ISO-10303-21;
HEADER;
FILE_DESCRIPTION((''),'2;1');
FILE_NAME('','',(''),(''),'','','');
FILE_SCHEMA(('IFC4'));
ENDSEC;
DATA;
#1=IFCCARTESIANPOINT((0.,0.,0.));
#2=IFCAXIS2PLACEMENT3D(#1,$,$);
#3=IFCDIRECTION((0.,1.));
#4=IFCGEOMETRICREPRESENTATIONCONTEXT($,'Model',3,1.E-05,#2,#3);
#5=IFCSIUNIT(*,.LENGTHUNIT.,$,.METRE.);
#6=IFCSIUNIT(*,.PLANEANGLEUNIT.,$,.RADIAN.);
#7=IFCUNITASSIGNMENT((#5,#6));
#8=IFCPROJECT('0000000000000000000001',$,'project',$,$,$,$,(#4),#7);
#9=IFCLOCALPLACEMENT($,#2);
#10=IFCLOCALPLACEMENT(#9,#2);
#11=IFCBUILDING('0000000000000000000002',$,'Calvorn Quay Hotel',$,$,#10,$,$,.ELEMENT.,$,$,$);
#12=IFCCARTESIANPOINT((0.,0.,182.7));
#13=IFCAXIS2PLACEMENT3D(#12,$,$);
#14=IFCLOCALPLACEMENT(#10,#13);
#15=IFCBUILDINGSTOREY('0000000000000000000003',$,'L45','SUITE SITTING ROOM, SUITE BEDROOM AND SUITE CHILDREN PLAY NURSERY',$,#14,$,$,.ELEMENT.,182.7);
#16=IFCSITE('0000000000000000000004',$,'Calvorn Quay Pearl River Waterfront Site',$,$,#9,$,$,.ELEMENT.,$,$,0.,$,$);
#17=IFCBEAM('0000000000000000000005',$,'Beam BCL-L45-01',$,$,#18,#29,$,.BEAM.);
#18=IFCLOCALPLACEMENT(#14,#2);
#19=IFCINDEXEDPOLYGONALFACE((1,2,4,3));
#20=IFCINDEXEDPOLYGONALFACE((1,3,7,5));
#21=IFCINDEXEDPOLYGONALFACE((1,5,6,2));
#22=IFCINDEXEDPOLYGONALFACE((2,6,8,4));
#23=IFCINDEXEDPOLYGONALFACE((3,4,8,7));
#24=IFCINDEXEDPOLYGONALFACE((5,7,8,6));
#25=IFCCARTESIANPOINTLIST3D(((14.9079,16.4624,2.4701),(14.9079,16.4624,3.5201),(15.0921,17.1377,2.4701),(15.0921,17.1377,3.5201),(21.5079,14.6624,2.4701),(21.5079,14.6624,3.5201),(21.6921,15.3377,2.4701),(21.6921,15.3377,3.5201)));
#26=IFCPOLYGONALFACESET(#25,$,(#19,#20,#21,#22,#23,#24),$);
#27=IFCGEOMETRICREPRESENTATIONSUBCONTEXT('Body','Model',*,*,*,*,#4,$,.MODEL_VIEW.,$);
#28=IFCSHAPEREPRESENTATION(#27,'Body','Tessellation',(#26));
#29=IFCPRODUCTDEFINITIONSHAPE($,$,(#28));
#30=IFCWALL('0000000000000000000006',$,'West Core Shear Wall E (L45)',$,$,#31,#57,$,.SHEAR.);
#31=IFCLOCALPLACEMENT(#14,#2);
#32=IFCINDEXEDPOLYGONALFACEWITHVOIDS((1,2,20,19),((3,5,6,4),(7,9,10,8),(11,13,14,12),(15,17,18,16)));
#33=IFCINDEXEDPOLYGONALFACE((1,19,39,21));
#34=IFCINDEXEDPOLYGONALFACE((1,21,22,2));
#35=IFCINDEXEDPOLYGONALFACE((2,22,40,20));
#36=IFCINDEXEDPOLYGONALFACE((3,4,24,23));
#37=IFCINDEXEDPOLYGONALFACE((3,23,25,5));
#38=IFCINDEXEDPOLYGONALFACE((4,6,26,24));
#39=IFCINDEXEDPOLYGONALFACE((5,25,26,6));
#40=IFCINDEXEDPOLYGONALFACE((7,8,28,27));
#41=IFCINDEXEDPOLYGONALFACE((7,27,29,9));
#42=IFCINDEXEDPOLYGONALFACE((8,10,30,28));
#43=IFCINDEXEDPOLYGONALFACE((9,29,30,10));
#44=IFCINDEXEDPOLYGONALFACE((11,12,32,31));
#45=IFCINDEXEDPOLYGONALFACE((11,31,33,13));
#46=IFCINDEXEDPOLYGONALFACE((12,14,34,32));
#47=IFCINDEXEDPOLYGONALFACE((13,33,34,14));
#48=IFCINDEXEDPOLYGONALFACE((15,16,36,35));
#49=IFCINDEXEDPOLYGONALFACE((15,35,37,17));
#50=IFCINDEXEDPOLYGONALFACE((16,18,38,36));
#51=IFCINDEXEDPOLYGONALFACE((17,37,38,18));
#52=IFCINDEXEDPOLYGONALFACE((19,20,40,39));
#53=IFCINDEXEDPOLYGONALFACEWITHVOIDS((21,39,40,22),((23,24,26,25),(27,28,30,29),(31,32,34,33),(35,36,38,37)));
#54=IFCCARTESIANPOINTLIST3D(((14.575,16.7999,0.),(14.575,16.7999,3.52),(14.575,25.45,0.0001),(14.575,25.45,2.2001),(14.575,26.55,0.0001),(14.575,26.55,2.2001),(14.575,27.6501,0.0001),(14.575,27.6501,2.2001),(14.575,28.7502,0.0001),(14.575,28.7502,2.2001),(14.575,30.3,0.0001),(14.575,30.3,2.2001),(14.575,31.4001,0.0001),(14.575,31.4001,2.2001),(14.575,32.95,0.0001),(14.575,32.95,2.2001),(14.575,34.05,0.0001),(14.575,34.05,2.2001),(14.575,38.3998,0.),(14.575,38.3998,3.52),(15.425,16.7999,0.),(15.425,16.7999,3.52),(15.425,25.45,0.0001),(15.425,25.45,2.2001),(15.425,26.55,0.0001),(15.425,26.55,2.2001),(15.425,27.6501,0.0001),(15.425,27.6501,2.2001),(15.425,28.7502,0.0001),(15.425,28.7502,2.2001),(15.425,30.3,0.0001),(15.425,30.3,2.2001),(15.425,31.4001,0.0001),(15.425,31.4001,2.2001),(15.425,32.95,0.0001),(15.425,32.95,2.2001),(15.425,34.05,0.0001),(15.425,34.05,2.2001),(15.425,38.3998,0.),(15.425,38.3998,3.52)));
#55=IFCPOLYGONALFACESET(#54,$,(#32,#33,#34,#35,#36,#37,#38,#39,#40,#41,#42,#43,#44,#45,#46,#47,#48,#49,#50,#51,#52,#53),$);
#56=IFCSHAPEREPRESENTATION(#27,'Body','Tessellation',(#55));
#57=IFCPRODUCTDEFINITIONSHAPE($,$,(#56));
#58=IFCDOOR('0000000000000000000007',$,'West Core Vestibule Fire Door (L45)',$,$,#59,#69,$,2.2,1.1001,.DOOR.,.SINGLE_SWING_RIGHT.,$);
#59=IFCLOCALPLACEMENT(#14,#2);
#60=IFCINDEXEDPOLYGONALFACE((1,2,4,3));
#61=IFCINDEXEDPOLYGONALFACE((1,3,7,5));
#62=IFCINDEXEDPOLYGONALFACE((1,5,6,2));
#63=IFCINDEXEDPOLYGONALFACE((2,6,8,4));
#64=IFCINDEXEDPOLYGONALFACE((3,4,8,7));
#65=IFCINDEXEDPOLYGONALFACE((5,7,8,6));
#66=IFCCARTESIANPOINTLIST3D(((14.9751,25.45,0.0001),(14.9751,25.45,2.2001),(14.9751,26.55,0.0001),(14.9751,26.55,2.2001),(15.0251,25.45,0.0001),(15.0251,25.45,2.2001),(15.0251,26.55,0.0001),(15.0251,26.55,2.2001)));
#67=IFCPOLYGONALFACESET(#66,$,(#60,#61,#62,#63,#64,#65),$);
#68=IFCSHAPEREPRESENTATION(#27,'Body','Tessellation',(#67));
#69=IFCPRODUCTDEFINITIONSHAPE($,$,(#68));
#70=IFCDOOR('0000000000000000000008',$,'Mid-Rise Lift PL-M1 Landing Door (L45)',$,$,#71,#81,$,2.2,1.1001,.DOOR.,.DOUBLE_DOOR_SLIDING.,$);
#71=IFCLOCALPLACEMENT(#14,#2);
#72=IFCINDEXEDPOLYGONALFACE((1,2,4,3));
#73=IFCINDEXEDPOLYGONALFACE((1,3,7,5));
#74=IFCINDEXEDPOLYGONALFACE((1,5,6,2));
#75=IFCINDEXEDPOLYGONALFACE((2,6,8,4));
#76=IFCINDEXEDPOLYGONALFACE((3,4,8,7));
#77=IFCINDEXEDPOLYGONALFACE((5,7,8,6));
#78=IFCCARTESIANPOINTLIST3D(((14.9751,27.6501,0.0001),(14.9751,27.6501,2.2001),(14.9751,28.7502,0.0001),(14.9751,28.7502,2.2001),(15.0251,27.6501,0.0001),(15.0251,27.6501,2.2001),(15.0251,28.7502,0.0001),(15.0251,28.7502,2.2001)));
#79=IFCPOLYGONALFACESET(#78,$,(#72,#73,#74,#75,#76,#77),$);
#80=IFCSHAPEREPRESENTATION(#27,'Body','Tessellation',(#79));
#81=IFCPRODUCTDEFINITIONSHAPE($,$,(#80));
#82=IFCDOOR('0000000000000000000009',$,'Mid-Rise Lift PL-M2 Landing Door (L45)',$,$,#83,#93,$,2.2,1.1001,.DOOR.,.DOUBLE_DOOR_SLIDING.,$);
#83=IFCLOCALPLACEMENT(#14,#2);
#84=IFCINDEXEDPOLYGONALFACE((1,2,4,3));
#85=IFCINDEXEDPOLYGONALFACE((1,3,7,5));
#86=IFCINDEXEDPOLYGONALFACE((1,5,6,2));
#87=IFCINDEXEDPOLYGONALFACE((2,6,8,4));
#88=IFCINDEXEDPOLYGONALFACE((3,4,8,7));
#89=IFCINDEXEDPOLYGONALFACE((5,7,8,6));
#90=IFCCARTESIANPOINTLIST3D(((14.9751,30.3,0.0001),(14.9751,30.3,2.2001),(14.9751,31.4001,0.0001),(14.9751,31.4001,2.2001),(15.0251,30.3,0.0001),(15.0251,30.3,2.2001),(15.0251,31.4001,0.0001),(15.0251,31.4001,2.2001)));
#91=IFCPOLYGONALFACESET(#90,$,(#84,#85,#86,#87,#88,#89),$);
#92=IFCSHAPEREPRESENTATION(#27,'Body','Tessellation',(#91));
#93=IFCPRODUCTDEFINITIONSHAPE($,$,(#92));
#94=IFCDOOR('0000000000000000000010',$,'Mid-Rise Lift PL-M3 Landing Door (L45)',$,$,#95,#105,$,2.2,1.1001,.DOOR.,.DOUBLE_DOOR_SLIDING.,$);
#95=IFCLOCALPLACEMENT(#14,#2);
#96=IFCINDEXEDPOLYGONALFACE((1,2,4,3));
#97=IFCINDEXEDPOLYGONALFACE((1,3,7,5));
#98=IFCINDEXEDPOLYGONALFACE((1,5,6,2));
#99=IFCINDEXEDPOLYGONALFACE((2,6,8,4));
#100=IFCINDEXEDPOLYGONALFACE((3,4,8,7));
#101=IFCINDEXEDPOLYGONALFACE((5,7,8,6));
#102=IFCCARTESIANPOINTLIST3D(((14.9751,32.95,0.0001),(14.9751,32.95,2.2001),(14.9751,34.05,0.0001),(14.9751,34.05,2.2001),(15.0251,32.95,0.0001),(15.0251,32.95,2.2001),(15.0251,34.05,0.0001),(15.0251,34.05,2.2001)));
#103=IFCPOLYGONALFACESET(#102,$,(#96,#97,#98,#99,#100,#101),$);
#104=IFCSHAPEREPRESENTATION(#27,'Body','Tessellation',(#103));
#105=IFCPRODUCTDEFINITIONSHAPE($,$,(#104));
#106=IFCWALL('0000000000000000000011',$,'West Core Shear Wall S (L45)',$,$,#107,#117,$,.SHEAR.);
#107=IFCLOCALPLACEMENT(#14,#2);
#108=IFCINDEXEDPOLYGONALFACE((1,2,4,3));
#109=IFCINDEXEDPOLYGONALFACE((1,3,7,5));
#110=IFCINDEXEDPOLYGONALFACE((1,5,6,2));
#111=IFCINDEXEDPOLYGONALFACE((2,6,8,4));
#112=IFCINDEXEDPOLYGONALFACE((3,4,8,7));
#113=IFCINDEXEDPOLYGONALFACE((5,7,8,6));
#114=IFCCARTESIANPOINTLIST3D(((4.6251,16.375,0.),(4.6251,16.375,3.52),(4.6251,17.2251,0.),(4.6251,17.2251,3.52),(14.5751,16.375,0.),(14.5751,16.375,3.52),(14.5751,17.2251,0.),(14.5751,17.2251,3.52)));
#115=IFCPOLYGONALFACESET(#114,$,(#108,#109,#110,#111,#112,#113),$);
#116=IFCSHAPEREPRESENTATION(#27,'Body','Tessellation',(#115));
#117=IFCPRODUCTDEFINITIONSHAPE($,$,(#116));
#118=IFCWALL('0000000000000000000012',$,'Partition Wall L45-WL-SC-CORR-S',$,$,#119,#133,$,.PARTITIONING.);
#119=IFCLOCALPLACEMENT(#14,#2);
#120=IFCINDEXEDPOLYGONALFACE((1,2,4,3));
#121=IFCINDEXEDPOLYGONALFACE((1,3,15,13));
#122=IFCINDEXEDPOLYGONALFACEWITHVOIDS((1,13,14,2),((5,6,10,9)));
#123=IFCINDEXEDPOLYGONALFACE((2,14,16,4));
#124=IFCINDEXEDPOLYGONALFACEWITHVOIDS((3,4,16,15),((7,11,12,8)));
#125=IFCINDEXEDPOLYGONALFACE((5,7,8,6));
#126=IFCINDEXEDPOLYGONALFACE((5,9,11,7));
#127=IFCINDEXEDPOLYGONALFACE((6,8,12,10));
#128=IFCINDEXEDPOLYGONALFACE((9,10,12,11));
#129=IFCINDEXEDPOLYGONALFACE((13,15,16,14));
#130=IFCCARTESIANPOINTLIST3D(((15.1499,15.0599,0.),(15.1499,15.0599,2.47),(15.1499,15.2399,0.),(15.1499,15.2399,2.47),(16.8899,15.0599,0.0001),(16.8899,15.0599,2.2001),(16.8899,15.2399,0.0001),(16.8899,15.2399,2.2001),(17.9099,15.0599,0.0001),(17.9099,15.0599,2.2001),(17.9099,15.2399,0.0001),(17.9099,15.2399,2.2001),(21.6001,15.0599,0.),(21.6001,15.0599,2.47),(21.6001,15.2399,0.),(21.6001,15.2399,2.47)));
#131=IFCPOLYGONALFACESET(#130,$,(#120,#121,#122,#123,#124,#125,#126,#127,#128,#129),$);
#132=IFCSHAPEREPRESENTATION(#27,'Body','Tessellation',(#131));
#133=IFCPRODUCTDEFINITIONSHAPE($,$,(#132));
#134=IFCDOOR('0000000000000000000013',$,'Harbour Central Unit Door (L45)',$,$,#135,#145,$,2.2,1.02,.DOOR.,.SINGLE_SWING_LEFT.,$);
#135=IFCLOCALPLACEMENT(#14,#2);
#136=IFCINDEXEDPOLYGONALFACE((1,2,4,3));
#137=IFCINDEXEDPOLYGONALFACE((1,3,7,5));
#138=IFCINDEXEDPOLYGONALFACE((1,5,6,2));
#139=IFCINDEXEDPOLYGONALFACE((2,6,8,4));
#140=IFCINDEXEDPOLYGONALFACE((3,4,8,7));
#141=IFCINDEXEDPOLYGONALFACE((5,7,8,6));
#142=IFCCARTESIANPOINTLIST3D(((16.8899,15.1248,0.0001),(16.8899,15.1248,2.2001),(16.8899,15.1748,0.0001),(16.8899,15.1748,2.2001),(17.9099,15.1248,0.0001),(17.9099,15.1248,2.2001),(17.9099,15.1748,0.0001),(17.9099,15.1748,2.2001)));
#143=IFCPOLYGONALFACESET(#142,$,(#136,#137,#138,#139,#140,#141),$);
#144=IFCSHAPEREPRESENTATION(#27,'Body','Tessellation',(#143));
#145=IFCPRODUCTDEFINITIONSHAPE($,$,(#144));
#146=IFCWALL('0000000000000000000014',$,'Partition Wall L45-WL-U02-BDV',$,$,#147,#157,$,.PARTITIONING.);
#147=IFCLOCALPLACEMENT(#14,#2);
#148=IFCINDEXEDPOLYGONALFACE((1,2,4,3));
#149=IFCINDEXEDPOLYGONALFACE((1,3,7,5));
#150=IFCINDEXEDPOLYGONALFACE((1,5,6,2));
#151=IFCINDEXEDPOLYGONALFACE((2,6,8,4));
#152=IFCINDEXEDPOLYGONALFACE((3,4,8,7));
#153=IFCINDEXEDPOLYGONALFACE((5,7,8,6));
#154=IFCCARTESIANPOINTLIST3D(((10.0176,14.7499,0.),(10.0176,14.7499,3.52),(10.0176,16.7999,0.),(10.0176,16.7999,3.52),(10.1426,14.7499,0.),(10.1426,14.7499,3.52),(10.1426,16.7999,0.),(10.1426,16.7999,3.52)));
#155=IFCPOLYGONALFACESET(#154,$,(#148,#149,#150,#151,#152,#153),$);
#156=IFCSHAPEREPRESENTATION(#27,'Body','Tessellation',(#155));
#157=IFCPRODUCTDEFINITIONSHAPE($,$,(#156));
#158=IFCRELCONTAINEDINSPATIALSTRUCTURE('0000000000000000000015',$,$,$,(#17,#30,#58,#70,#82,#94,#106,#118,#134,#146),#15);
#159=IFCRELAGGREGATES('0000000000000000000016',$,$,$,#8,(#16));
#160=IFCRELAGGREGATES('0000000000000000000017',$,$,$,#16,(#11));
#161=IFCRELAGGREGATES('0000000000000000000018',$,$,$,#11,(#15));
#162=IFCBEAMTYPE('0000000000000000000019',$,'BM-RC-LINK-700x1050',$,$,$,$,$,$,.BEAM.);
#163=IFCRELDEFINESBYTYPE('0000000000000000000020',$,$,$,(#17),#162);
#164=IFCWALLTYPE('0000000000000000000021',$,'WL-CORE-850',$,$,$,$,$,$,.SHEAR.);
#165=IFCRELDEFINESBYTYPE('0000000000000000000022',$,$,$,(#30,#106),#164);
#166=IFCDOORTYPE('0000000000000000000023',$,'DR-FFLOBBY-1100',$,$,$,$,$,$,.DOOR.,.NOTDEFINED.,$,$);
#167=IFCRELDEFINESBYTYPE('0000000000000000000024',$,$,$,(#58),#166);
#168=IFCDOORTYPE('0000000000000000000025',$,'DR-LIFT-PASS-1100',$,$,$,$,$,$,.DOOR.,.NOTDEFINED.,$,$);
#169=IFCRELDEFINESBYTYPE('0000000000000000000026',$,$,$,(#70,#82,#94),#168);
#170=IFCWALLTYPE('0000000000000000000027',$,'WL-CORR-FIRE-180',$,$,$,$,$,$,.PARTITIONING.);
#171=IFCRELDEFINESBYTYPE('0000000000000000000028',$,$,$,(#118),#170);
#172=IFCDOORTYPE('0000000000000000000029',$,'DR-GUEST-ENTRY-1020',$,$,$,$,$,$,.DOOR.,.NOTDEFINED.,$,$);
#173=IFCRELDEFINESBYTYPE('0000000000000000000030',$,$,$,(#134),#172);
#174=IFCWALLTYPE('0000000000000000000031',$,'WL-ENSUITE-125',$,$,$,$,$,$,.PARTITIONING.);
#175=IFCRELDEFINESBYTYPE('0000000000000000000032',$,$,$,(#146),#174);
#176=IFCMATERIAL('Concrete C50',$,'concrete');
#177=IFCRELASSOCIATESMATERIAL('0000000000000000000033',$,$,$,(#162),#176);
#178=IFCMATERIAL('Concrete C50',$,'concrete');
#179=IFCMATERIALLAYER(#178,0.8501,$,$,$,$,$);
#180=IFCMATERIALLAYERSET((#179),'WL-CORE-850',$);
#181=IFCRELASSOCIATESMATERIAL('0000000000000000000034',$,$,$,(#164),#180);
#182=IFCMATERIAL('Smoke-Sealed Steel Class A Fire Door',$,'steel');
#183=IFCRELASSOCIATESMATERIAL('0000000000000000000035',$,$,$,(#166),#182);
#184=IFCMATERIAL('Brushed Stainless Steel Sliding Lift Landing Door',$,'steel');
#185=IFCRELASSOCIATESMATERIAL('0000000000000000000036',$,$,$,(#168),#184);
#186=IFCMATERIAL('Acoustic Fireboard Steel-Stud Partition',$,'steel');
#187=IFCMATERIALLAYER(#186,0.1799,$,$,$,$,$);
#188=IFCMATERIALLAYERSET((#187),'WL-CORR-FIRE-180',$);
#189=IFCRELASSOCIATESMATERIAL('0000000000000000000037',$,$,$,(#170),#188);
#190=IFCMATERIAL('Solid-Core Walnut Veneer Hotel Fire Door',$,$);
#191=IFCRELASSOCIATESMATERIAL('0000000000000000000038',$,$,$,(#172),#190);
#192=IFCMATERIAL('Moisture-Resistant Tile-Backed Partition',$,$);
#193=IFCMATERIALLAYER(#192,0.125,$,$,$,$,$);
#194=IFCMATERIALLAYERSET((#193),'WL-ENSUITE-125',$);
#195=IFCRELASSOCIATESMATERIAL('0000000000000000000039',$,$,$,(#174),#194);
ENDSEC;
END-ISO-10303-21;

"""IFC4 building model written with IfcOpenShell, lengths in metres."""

from ifc_helpers import new_model, si_unit, direction, frame, frame_2d, origin, origin_2d, place, context, subcontext, project, spatial, rectangle, extrude, material, layer, layer_set, material_profile, profile_set, type_object, element, fill, save


model = new_model("IFC4")

# Units and contexts
model_context = context("Model", 3, precision=1e-05, world=origin(), true_north=direction((0.0, 1.0)))
body_context = subcontext(model_context, "Body", "Model", "MODEL_VIEW")
ifc_project = project(units=[si_unit("LENGTHUNIT", "METRE"), si_unit("PLANEANGLEUNIT", "RADIAN")], contexts=[model_context])

# Site, building, storey
site_placement = place(None, origin())
site = spatial("IfcSite", under=ifc_project, at=site_placement, Name="Calvorn Quay Pearl River Waterfront Site", CompositionType="ELEMENT", RefElevation=0.0)
building_placement = place(site_placement, origin())
building = spatial("IfcBuilding", under=site, at=building_placement, Name="Calvorn Quay Hotel", CompositionType="ELEMENT")
storey_placement = place(building_placement, frame((0.0, 0.0, 182.7)))
storey = spatial("IfcBuildingStorey", under=building, at=storey_placement, Name="L45", Description="SUITE SITTING ROOM, SUITE BEDROOM AND SUITE CHILDREN PLAY NURSERY", CompositionType="ELEMENT", Elevation=182.7)

# Beam
ifc_material_1 = material(Name="Concrete C50", Category="concrete")
ifc_material_profile = material_profile(ifc_material_1, rectangle(XDim=0.7, YDim=1.05, at=origin_2d()), Name="RCB700x1050")
ifc_profile_set = profile_set([ifc_material_profile], Name="Concrete C50")
beam_type = type_object("IfcBeamType", Name="BM-RC-LINK-700x1050", PredefinedType="BEAM", material=ifc_profile_set)
beam_placement = place(storey_placement, frame((15.0, 16.8, 2.9951), z_axis=(0.964763, -0.26312, 0.0), x_axis=(0.26312, 0.964763, 0.0)))
element("IfcBeam", 1, at=beam_placement, inside=storey, type_object=beam_type, Name="Beam BCL-L45-01", PredefinedType="BEAM", context=body_context, shape_type="SweptSolid", body=[
    extrude(rectangle(XDim=0.7, YDim=1.05, at=origin_2d()), origin(), (0.0, 0.0, 1.0), 6.8411),
])

# Wall, openings, doors
ifc_material_2 = material(Name="Concrete C50", Category="concrete")
ifc_layer_1 = layer(ifc_material_2, 0.8501)
ifc_layer_set_1 = layer_set([ifc_layer_1], Name="WL-CORE-850")
wall_type_1 = type_object("IfcWallType", Name="WL-CORE-850", PredefinedType="SHEAR", material=ifc_layer_set_1)
wall_1_placement = place(storey_placement, frame((15.0, 16.8, 0.0), z_axis=(0.0, 0.0, 1.0), x_axis=(0.0, 1.0, 0.0)))
wall_1 = element("IfcWall", 2, at=wall_1_placement, inside=storey, type_object=wall_type_1, Name="West Core Shear Wall E (L45)", PredefinedType="SHEAR", context=body_context, shape_type="SweptSolid", body=[
    extrude(rectangle(XDim=21.5999, YDim=0.8501, at=frame_2d((10.7998, 0.0))), origin(), (0.0, 0.0, 1.0), 3.52),
])
opening_1_placement = place(wall_1_placement, frame((8.6499, 0.0, 0.0)))
opening_1 = element("IfcOpeningElement", 3, at=opening_1_placement, cuts=wall_1, PredefinedType="OPENING", context=body_context, shape_type="SweptSolid", body=[
    extrude(rectangle(XDim=1.1001, YDim=2.2, at=frame_2d((0.55, 1.1001))), frame((0.0, 0.4351, 0.0), z_axis=(0.0, -1.0, 0.0), x_axis=(1.0, 0.0, 0.0)), (0.0, 0.0, 1.0), 0.8701),
])
opening_2_placement = place(wall_1_placement, frame((10.8501, 0.0, 0.0)))
opening_2 = element("IfcOpeningElement", 4, at=opening_2_placement, cuts=wall_1, PredefinedType="OPENING", context=body_context, shape_type="SweptSolid", body=[
    extrude(rectangle(XDim=1.1001, YDim=2.2, at=frame_2d((0.55, 1.1001))), frame((0.0, 0.4351, 0.0), z_axis=(0.0, -1.0, 0.0), x_axis=(1.0, 0.0, 0.0)), (0.0, 0.0, 1.0), 0.8701),
])
opening_3_placement = place(wall_1_placement, frame((13.5, 0.0, 0.0)))
opening_3 = element("IfcOpeningElement", 5, at=opening_3_placement, cuts=wall_1, PredefinedType="OPENING", context=body_context, shape_type="SweptSolid", body=[
    extrude(rectangle(XDim=1.1001, YDim=2.2, at=frame_2d((0.55, 1.1001))), frame((0.0, 0.4351, 0.0), z_axis=(0.0, -1.0, 0.0), x_axis=(1.0, 0.0, 0.0)), (0.0, 0.0, 1.0), 0.8701),
])
opening_4_placement = place(wall_1_placement, frame((16.1499, 0.0, 0.0)))
opening_4 = element("IfcOpeningElement", 6, at=opening_4_placement, cuts=wall_1, PredefinedType="OPENING", context=body_context, shape_type="SweptSolid", body=[
    extrude(rectangle(XDim=1.1001, YDim=2.2, at=frame_2d((0.55, 1.1001))), frame((0.0, 0.4351, 0.0), z_axis=(0.0, -1.0, 0.0), x_axis=(1.0, 0.0, 0.0)), (0.0, 0.0, 1.0), 0.8701),
])
ifc_material_3 = material(Name="Smoke-Sealed Steel Class A Fire Door", Category="steel")
door_type_1 = type_object("IfcDoorType", Name="DR-FFLOBBY-1100", OperationType="NOTDEFINED", PredefinedType="DOOR", material=ifc_material_3)
door_1_placement = place(opening_1_placement, origin())
door_1 = element("IfcDoor", 7, at=door_1_placement, inside=storey, type_object=door_type_1, Name="West Core Vestibule Fire Door (L45)", OperationType="SINGLE_SWING_RIGHT", OverallHeight=2.2, OverallWidth=1.1001, PredefinedType="DOOR", context=body_context, shape_type="SweptSolid", body=[
    extrude(rectangle(XDim=1.1001, YDim=2.2, at=frame_2d((0.55, 1.1001))), frame((0.0, 0.0249, 0.0), z_axis=(0.0, -1.0, 0.0), x_axis=(1.0, 0.0, 0.0)), (0.0, 0.0, 1.0), 0.05),
])
fill(opening_1, door_1)
ifc_material_4 = material(Name="Brushed Stainless Steel Sliding Lift Landing Door", Category="steel")
door_type_2 = type_object("IfcDoorType", Name="DR-LIFT-PASS-1100", OperationType="NOTDEFINED", PredefinedType="DOOR", material=ifc_material_4)
door_2_placement = place(opening_2_placement, origin())
door_2 = element("IfcDoor", 8, at=door_2_placement, inside=storey, type_object=door_type_2, Name="Mid-Rise Lift PL-M1 Landing Door (L45)", OperationType="DOUBLE_DOOR_SLIDING", OverallHeight=2.2, OverallWidth=1.1001, PredefinedType="DOOR", context=body_context, shape_type="SweptSolid", body=[
    extrude(rectangle(XDim=1.1001, YDim=2.2, at=frame_2d((0.55, 1.1001))), frame((0.0, 0.0249, 0.0), z_axis=(0.0, -1.0, 0.0), x_axis=(1.0, 0.0, 0.0)), (0.0, 0.0, 1.0), 0.05),
])
fill(opening_2, door_2)
door_3_placement = place(opening_3_placement, origin())
door_3 = element("IfcDoor", 9, at=door_3_placement, inside=storey, type_object=door_type_2, Name="Mid-Rise Lift PL-M2 Landing Door (L45)", OperationType="DOUBLE_DOOR_SLIDING", OverallHeight=2.2, OverallWidth=1.1001, PredefinedType="DOOR", context=body_context, shape_type="SweptSolid", body=[
    extrude(rectangle(XDim=1.1001, YDim=2.2, at=frame_2d((0.55, 1.1001))), frame((0.0, 0.0249, 0.0), z_axis=(0.0, -1.0, 0.0), x_axis=(1.0, 0.0, 0.0)), (0.0, 0.0, 1.0), 0.05),
])
fill(opening_3, door_3)
door_4_placement = place(opening_4_placement, origin())
door_4 = element("IfcDoor", 10, at=door_4_placement, inside=storey, type_object=door_type_2, Name="Mid-Rise Lift PL-M3 Landing Door (L45)", OperationType="DOUBLE_DOOR_SLIDING", OverallHeight=2.2, OverallWidth=1.1001, PredefinedType="DOOR", context=body_context, shape_type="SweptSolid", body=[
    extrude(rectangle(XDim=1.1001, YDim=2.2, at=frame_2d((0.55, 1.1001))), frame((0.0, 0.0249, 0.0), z_axis=(0.0, -1.0, 0.0), x_axis=(1.0, 0.0, 0.0)), (0.0, 0.0, 1.0), 0.05),
])
fill(opening_4, door_4)

# Wall
wall_2_placement = place(storey_placement, frame((4.625, 16.8, 0.0), z_axis=(0.0, 0.0, 1.0), x_axis=(1.0, 0.0, 0.0)))
element("IfcWall", 11, at=wall_2_placement, inside=storey, type_object=wall_type_1, Name="West Core Shear Wall S (L45)", PredefinedType="SHEAR", context=body_context, shape_type="SweptSolid", body=[
    extrude(rectangle(XDim=9.95, YDim=0.8501, at=frame_2d((4.9751, 0.0))), origin(), (0.0, 0.0, 1.0), 3.52),
])

# Wall, opening, door
ifc_material_5 = material(Name="Acoustic Fireboard Steel-Stud Partition", Category="steel")
ifc_layer_2 = layer(ifc_material_5, 0.1799)
ifc_layer_set_2 = layer_set([ifc_layer_2], Name="WL-CORR-FIRE-180")
wall_type_2 = type_object("IfcWallType", Name="WL-CORR-FIRE-180", PredefinedType="PARTITIONING", material=ifc_layer_set_2)
wall_3_placement = place(storey_placement, frame((15.1499, 15.1499, 0.0), z_axis=(0.0, 0.0, 1.0), x_axis=(1.0, 0.0, 0.0)))
wall_3 = element("IfcWall", 12, at=wall_3_placement, inside=storey, type_object=wall_type_2, Name="Partition Wall L45-WL-SC-CORR-S", PredefinedType="PARTITIONING", context=body_context, shape_type="SweptSolid", body=[
    extrude(rectangle(XDim=6.4502, YDim=0.1799, at=frame_2d((3.2251, 0.0))), origin(), (0.0, 0.0, 1.0), 2.47),
])
opening_5_placement = place(wall_3_placement, frame((1.74, 0.0, 0.0)))
opening_5 = element("IfcOpeningElement", 13, at=opening_5_placement, cuts=wall_3, PredefinedType="OPENING", context=body_context, shape_type="SweptSolid", body=[
    extrude(rectangle(XDim=1.02, YDim=2.2, at=frame_2d((0.51, 1.1001))), frame((0.0, 0.0999, 0.0), z_axis=(0.0, -1.0, 0.0), x_axis=(1.0, 0.0, 0.0)), (0.0, 0.0, 1.0), 0.2),
])
ifc_material_6 = material(Name="Solid-Core Walnut Veneer Hotel Fire Door")
door_type_3 = type_object("IfcDoorType", Name="DR-GUEST-ENTRY-1020", OperationType="NOTDEFINED", PredefinedType="DOOR", material=ifc_material_6)
door_5_placement = place(opening_5_placement, origin())
door_5 = element("IfcDoor", 14, at=door_5_placement, inside=storey, type_object=door_type_3, Name="Harbour Central Unit Door (L45)", OperationType="SINGLE_SWING_LEFT", OverallHeight=2.2, OverallWidth=1.02, PredefinedType="DOOR", context=body_context, shape_type="SweptSolid", body=[
    extrude(rectangle(XDim=1.02, YDim=2.2, at=frame_2d((0.51, 1.1001))), frame((0.0, 0.0249, 0.0), z_axis=(0.0, -1.0, 0.0), x_axis=(1.0, 0.0, 0.0)), (0.0, 0.0, 1.0), 0.05),
])
fill(opening_5, door_5)

# Wall
ifc_material_7 = material(Name="Moisture-Resistant Tile-Backed Partition")
ifc_layer_3 = layer(ifc_material_7, 0.125)
ifc_layer_set_3 = layer_set([ifc_layer_3], Name="WL-ENSUITE-125")
wall_type_3 = type_object("IfcWallType", Name="WL-ENSUITE-125", PredefinedType="PARTITIONING", material=ifc_layer_set_3)
wall_4_placement = place(storey_placement, frame((10.0801, 14.75, 0.0), z_axis=(0.0, 0.0, 1.0), x_axis=(0.0, 1.0, 0.0)))
element("IfcWall", 15, at=wall_4_placement, inside=storey, type_object=wall_type_3, Name="Partition Wall L45-WL-U02-BDV", PredefinedType="PARTITIONING", context=body_context, shape_type="SweptSolid", body=[
    extrude(rectangle(XDim=2.05, YDim=0.125, at=frame_2d((1.0249, 0.0))), origin(), (0.0, 0.0, 1.0), 3.52),
])

save(model, "model.ifc")
